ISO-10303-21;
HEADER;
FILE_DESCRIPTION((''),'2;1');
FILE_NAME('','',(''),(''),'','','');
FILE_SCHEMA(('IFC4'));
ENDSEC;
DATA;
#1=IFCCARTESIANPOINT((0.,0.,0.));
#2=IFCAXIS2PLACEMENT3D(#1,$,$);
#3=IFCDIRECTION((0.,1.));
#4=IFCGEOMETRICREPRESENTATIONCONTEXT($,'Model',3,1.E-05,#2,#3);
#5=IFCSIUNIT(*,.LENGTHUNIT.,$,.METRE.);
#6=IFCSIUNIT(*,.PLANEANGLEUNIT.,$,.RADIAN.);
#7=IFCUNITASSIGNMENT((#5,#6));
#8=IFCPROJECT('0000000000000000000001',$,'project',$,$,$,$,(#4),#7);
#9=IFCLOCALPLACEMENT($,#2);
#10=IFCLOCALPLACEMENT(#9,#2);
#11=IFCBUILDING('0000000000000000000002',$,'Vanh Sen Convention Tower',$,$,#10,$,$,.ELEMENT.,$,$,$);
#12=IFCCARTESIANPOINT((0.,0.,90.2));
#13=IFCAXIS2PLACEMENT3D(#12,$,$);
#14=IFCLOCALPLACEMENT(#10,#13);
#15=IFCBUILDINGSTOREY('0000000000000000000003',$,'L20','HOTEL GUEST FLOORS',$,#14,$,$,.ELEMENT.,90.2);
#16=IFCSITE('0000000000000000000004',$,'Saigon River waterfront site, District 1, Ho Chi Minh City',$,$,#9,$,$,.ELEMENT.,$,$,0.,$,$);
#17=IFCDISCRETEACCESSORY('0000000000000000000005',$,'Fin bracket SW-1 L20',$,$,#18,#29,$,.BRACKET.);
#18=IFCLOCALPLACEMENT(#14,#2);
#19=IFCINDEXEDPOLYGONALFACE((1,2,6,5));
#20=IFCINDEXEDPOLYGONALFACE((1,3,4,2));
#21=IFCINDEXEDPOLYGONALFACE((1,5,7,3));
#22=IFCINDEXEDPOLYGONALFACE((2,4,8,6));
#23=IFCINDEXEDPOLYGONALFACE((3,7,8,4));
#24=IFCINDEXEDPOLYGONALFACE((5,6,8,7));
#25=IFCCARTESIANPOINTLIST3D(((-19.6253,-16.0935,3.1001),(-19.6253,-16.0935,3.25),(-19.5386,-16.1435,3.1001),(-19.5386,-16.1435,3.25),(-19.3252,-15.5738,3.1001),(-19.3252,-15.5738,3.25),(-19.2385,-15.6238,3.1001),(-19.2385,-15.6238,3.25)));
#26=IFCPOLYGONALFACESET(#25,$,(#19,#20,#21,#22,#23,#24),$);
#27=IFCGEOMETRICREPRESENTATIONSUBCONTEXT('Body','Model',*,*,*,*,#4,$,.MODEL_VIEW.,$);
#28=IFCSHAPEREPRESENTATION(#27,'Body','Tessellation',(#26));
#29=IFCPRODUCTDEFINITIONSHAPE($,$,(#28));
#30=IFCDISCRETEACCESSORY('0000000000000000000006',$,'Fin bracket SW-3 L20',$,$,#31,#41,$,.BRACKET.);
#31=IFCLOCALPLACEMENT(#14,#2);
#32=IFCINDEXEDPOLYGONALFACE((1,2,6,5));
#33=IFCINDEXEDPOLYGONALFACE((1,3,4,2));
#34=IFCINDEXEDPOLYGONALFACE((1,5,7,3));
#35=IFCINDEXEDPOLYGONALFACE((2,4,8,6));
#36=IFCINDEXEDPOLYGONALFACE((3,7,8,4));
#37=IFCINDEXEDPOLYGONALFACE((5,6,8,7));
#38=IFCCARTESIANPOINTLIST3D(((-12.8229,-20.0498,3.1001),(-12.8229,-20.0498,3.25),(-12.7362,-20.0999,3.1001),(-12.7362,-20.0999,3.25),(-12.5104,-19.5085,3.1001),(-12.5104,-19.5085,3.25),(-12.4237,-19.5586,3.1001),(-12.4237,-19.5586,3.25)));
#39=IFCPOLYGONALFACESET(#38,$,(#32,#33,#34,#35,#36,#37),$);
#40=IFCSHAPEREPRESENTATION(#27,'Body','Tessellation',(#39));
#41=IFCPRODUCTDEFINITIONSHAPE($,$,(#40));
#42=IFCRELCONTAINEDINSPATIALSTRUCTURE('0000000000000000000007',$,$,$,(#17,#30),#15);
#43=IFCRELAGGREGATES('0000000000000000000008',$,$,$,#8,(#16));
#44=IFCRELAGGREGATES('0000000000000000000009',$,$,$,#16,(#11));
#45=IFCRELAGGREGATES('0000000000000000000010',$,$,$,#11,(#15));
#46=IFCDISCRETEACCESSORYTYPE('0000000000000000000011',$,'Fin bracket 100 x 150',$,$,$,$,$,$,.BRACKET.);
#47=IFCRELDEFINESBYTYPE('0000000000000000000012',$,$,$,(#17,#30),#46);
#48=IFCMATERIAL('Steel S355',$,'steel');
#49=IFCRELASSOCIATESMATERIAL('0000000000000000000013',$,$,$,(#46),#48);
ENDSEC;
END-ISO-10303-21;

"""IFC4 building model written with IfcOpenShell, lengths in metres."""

from ifc_helpers import new_model, si_unit, direction, frame, origin, origin_2d, place, context, subcontext, project, spatial, rectangle, extrude, material, type_object, element, save


model = new_model("IFC4")

# Units and contexts
model_context = context("Model", 3, precision=1e-05, world=origin(), true_north=direction((0.0, 1.0)))
body_context = subcontext(model_context, "Body", "Model", "MODEL_VIEW")
ifc_project = project(units=[si_unit("LENGTHUNIT", "METRE"), si_unit("PLANEANGLEUNIT", "RADIAN")], contexts=[model_context])

# Site, building, storey
site_placement = place(None, origin())
site = spatial("IfcSite", under=ifc_project, at=site_placement, Name="Saigon River waterfront site, District 1, Ho Chi Minh City", CompositionType="ELEMENT", RefElevation=0.0)
building_placement = place(site_placement, origin())
building = spatial("IfcBuilding", under=site, at=building_placement, Name="Vanh Sen Convention Tower", CompositionType="ELEMENT")
storey_placement = place(building_placement, frame((0.0, 0.0, 90.2)))
storey = spatial("IfcBuildingStorey", under=building, at=storey_placement, Name="L20", Description="HOTEL GUEST FLOORS", CompositionType="ELEMENT", Elevation=90.2)

# Discrete accessories
ifc_material_1 = material(Name="Steel S355", Category="steel")
discrete_accessory_type = type_object("IfcDiscreteAccessoryType", Name="Fin bracket 100 x 150", PredefinedType="BRACKET", material=ifc_material_1)
discrete_accessory_1_placement = place(storey_placement, frame((-19.4319, -15.8586, 3.1001), z_axis=(0.0, 0.0, 1.0), x_axis=(-0.5, -0.866025, 0.0)))
element("IfcDiscreteAccessory", 1, at=discrete_accessory_1_placement, inside=storey, type_object=discrete_accessory_type, Name="Fin bracket SW-1 L20", PredefinedType="BRACKET", context=body_context, shape_type="SweptSolid", body=[
    extrude(rectangle(XDim=0.6001, YDim=0.1001, at=origin_2d()), origin(), (0.0, 0.0, 1.0), 0.1499),
])
discrete_accessory_2_placement = place(storey_placement, frame((-12.6233, -19.8042, 3.1001), z_axis=(0.0, 0.0, 1.0), x_axis=(-0.5, -0.866025, 0.0)))
element("IfcDiscreteAccessory", 2, at=discrete_accessory_2_placement, inside=storey, type_object=discrete_accessory_type, Name="Fin bracket SW-3 L20", PredefinedType="BRACKET", context=body_context, shape_type="SweptSolid", body=[
    extrude(rectangle(XDim=0.625, YDim=0.1001, at=origin_2d()), origin(), (0.0, 0.0, 1.0), 0.1499),
])

save(model, "model.ifc")
